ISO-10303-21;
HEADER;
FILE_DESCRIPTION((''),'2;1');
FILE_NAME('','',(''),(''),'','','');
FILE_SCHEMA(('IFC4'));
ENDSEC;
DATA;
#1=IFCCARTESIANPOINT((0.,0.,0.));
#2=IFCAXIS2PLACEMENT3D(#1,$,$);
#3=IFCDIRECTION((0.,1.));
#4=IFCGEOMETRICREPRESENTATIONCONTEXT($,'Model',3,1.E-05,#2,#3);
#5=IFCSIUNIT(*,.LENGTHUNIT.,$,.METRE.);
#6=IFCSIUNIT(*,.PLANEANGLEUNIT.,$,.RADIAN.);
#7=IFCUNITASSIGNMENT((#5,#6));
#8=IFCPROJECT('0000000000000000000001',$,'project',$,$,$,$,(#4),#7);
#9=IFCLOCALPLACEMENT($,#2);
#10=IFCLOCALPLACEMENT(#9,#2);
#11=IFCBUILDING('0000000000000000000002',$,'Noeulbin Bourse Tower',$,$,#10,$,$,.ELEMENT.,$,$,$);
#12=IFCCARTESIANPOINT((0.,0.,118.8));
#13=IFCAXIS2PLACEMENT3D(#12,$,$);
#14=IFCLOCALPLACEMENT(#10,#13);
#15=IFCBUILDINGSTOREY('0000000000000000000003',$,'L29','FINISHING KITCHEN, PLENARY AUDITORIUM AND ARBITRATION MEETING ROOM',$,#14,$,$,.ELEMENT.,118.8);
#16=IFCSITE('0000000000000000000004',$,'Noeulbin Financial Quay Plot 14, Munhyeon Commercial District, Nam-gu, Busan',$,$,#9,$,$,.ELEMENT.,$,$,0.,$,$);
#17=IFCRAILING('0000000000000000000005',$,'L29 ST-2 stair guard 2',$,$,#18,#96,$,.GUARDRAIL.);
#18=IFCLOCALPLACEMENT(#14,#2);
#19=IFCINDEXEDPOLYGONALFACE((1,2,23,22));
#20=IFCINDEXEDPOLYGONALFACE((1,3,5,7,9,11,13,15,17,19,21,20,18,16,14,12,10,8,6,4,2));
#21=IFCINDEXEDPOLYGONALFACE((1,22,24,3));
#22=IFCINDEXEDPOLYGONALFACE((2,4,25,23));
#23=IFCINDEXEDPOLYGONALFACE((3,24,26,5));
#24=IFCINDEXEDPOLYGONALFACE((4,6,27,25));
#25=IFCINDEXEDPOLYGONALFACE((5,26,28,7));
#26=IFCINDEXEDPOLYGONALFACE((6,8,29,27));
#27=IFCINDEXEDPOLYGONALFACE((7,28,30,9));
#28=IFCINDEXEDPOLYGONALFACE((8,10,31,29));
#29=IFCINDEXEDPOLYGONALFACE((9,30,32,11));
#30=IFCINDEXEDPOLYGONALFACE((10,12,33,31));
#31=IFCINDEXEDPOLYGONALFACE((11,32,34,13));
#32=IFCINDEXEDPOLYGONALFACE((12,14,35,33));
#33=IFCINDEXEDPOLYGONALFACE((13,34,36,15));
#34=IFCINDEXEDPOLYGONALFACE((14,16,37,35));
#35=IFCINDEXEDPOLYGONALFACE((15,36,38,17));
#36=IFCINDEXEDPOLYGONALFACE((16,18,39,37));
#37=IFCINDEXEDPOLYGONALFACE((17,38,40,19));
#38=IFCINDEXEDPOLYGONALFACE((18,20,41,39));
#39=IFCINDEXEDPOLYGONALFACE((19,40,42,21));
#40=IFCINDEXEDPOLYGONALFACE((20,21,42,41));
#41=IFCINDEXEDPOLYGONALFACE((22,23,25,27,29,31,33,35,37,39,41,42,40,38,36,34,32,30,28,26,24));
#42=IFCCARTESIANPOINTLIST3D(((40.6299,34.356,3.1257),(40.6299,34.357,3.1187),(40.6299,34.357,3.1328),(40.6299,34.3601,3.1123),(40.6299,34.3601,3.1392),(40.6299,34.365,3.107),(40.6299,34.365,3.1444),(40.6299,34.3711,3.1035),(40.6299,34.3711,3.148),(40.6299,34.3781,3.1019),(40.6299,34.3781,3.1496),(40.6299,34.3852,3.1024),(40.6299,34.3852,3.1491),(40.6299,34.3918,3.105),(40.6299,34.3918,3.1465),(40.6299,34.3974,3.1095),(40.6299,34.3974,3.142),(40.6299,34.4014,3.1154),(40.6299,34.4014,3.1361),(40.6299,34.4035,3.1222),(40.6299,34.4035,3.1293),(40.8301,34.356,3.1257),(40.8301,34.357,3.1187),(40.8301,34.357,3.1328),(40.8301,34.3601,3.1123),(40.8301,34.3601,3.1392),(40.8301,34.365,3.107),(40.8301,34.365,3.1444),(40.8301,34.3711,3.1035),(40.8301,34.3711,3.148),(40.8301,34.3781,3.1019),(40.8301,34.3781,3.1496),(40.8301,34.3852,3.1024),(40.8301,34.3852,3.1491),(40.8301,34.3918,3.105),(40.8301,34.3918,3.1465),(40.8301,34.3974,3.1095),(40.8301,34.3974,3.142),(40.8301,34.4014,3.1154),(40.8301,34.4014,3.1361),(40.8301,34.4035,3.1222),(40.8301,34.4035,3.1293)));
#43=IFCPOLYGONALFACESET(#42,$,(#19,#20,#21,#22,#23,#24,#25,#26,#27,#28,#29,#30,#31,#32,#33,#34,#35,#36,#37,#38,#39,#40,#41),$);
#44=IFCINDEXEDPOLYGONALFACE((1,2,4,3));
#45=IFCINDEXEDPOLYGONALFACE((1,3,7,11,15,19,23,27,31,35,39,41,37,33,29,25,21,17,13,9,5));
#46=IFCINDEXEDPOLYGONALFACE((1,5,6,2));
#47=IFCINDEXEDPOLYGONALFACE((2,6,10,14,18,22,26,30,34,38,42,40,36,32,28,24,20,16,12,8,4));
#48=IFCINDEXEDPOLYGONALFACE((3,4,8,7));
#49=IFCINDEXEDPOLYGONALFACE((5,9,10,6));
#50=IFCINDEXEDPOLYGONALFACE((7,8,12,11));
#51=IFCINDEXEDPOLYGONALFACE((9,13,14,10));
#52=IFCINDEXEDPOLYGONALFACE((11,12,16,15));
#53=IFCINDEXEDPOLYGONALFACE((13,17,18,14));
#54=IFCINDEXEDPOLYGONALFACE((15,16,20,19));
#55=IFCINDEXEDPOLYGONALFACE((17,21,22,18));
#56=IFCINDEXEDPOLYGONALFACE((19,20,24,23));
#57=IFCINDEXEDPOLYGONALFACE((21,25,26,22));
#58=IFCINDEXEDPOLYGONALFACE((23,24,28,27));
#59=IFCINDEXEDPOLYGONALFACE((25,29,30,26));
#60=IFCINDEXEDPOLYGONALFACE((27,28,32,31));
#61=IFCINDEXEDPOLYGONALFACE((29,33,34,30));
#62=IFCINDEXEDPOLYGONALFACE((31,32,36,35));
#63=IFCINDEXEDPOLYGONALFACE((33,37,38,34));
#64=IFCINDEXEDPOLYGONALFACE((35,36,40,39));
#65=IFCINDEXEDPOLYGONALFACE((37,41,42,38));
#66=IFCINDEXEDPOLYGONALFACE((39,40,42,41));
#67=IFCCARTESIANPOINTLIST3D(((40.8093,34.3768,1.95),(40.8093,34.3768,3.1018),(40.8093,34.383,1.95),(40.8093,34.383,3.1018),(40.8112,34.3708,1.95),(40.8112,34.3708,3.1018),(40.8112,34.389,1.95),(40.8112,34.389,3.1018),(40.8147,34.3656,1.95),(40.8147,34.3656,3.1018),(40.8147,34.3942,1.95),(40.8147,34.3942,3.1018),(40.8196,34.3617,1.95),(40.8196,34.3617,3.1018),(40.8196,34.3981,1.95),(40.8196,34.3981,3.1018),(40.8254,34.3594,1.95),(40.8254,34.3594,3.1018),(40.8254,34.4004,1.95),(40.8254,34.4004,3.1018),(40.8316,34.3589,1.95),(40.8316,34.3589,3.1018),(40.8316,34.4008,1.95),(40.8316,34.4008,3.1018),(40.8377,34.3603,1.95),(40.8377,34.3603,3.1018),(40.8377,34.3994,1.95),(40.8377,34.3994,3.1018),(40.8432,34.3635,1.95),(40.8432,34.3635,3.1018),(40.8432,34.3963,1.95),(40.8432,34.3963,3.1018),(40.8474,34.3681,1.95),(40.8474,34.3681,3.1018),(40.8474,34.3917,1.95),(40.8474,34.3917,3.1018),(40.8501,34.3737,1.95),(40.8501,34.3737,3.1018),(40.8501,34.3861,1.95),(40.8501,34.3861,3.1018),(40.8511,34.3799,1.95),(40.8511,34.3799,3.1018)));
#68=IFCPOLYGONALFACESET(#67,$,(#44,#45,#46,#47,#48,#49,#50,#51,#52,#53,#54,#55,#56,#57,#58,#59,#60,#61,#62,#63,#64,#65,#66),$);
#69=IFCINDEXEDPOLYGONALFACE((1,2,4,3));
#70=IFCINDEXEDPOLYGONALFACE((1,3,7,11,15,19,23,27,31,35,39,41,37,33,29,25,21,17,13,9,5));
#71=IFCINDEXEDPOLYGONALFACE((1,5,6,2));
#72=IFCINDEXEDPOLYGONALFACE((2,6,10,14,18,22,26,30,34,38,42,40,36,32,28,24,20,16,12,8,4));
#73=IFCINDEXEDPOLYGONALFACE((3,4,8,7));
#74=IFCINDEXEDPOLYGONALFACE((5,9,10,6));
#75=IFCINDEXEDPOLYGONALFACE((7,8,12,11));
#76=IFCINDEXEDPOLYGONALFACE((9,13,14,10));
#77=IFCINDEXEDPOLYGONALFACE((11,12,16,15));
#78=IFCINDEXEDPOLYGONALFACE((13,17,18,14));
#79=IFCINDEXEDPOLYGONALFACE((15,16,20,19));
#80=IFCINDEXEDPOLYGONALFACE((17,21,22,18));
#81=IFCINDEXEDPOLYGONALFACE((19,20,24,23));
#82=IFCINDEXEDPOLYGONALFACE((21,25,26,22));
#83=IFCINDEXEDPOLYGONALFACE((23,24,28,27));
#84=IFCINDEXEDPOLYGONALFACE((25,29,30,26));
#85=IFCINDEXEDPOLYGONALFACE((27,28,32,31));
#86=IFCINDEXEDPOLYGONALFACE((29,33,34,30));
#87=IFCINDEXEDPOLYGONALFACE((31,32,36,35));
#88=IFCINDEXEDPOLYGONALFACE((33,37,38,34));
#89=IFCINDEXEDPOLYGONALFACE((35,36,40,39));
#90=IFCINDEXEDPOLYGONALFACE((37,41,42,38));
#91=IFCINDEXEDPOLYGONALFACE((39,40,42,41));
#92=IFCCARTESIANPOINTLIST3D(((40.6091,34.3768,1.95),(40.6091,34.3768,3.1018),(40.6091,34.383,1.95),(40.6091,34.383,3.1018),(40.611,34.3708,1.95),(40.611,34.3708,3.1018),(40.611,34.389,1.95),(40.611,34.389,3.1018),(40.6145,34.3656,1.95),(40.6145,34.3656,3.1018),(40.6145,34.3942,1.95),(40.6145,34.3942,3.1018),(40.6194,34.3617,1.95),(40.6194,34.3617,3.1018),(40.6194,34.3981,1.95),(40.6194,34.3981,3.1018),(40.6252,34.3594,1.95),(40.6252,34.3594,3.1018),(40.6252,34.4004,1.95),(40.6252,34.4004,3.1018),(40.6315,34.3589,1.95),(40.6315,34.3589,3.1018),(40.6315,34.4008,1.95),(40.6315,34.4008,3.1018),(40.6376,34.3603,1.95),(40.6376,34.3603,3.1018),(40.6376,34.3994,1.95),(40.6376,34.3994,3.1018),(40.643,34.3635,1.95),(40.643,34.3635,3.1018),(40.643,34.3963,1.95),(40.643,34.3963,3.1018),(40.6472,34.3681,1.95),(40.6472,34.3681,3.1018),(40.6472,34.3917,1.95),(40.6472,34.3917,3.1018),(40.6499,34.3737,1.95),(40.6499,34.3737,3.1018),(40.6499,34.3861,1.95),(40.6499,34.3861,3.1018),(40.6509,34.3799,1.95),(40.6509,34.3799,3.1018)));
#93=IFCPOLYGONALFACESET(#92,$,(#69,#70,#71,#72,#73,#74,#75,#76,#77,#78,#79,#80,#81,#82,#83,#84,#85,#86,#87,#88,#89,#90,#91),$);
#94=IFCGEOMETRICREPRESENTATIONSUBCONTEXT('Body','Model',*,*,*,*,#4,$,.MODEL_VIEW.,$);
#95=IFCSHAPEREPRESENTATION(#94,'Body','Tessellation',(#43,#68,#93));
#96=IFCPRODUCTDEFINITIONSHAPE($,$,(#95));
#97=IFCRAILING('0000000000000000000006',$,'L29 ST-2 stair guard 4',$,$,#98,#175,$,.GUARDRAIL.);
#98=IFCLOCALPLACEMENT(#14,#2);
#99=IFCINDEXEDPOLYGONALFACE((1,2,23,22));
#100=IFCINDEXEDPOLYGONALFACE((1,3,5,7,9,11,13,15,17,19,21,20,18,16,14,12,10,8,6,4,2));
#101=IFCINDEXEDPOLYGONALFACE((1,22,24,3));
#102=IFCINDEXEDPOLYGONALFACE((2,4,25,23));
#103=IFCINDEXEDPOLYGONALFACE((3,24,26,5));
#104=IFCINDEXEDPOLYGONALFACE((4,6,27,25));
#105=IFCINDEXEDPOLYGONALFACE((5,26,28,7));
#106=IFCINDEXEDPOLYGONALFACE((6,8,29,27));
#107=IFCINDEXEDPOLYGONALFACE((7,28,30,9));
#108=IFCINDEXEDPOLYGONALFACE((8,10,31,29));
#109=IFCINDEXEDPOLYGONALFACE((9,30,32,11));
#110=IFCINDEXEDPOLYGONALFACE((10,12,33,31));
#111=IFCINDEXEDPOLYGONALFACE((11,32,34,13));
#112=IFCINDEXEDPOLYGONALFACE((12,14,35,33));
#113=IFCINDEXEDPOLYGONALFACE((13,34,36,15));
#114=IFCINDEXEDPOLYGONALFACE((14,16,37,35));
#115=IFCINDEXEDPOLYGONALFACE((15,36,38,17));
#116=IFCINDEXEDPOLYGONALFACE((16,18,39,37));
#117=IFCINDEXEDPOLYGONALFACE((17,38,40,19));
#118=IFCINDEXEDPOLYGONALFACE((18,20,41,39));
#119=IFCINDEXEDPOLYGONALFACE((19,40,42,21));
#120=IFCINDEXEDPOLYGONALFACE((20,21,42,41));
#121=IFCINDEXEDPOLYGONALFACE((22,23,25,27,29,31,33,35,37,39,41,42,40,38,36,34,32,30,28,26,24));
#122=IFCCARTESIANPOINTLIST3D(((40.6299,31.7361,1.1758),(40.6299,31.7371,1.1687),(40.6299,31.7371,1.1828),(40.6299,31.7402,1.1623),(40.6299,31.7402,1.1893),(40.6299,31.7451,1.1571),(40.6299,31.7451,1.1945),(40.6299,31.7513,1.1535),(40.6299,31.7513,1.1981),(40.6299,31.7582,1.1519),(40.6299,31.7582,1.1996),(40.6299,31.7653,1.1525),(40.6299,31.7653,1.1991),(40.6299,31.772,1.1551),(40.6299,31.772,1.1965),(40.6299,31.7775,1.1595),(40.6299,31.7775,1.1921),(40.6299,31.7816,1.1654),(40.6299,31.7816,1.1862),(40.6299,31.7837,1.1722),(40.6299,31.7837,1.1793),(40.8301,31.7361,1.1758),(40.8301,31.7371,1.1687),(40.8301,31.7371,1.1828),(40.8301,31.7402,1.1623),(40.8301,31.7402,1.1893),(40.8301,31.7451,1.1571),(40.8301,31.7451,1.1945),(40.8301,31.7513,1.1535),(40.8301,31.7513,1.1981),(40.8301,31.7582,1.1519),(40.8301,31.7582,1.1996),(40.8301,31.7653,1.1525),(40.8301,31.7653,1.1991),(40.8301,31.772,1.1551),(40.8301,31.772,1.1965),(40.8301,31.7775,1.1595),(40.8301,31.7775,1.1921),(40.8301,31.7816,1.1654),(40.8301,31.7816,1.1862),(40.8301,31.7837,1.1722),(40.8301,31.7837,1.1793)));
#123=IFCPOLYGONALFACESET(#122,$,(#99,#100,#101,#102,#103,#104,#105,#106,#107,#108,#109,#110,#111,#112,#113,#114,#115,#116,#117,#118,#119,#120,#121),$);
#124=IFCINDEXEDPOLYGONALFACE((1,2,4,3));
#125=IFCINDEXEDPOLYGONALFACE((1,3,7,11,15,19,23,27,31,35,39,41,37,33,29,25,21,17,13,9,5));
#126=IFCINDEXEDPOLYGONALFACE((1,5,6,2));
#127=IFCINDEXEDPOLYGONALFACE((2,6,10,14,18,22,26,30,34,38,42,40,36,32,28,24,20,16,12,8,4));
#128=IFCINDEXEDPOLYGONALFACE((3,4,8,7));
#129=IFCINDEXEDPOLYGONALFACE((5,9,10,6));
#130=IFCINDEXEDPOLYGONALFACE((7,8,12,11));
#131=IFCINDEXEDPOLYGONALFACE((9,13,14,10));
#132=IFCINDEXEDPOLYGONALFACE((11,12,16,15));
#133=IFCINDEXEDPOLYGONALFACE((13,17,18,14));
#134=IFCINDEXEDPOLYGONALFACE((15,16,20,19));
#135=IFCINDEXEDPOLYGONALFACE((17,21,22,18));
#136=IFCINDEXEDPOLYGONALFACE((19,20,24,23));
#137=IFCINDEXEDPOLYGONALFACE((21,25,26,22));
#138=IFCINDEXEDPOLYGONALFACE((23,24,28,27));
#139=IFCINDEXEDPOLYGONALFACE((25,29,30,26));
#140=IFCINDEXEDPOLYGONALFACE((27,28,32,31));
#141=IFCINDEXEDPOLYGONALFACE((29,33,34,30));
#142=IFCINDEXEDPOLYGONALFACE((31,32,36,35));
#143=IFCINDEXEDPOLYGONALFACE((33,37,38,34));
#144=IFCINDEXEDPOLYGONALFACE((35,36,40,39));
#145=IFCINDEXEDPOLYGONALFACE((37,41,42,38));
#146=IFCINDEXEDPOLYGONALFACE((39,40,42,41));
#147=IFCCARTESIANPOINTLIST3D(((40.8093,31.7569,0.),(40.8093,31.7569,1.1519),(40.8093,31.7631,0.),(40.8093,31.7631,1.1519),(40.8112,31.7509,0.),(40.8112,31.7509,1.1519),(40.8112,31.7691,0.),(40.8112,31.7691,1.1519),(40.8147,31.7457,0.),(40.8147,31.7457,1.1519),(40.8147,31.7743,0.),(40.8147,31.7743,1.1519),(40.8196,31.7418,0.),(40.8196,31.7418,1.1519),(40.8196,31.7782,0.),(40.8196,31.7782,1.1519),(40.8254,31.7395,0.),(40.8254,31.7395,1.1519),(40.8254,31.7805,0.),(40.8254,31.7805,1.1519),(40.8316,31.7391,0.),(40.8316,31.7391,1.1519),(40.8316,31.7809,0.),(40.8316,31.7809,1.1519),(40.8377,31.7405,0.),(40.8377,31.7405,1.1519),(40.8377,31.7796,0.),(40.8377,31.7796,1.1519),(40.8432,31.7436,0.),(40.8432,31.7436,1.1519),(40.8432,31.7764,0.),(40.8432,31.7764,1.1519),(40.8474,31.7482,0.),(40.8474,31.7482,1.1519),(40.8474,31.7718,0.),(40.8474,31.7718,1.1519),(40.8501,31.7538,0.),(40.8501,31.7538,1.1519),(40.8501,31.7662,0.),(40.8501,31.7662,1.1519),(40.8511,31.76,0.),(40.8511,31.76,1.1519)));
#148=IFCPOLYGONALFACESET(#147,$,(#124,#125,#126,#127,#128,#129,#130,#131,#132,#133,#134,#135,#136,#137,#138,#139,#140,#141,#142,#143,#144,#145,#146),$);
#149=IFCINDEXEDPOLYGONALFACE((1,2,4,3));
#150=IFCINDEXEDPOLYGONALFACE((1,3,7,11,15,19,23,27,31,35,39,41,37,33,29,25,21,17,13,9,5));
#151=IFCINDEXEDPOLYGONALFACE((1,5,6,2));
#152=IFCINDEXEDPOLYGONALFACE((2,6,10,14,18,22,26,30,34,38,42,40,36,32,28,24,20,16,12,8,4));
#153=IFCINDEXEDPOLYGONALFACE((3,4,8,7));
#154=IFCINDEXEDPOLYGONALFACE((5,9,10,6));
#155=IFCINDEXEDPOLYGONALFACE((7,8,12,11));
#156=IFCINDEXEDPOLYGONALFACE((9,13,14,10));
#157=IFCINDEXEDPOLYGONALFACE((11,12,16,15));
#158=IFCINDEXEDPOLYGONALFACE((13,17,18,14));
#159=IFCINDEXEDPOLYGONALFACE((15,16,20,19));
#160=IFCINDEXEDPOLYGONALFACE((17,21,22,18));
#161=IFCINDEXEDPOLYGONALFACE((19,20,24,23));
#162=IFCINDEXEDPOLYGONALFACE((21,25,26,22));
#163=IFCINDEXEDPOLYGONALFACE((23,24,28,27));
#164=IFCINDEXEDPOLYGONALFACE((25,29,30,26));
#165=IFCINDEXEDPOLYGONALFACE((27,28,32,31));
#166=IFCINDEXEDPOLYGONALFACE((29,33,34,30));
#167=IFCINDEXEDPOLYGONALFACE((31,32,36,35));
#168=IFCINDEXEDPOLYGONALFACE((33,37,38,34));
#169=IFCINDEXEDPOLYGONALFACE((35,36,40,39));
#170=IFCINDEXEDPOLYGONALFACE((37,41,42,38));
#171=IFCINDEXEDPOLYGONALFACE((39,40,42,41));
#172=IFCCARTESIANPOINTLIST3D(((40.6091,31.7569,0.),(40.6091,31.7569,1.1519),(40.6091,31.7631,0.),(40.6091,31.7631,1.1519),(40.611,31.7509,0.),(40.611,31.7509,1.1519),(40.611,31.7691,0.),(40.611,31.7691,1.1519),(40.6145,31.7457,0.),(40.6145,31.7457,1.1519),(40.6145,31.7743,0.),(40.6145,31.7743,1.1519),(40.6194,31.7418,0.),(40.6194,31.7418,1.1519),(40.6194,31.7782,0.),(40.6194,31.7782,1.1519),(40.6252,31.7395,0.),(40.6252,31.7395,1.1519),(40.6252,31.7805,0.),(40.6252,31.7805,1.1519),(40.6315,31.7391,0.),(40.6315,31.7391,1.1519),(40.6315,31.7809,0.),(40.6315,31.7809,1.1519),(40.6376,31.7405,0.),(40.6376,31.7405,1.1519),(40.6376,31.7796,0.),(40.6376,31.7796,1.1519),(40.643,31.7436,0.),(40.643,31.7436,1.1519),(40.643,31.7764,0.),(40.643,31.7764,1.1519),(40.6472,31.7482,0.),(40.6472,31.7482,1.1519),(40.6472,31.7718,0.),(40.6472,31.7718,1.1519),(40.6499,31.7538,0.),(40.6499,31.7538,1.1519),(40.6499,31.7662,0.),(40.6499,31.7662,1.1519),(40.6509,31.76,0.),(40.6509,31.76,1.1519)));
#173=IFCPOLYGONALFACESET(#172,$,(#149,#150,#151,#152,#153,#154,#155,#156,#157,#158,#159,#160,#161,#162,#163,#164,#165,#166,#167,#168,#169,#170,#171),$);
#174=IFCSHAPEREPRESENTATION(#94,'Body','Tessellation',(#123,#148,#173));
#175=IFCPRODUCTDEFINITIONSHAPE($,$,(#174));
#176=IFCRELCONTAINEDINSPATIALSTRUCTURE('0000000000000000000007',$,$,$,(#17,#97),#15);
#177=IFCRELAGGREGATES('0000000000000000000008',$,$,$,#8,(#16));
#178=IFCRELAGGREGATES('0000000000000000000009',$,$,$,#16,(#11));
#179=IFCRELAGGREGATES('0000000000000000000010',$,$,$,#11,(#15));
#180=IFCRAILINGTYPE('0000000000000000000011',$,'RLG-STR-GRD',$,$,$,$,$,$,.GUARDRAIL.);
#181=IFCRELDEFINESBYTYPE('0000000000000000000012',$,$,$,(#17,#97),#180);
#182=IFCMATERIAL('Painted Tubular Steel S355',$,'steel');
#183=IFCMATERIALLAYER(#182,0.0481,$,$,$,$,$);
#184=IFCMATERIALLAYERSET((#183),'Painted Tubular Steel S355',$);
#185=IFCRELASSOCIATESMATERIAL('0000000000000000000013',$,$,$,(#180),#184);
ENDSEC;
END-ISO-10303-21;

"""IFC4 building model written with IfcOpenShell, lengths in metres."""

from ifc_helpers import new_model, si_unit, direction, frame, origin, origin_2d, place, context, subcontext, project, spatial, circle, extrude, material, layer, layer_set, type_object, element, save


model = new_model("IFC4")

# Units and contexts
model_context = context("Model", 3, precision=1e-05, world=origin(), true_north=direction((0.0, 1.0)))
body_context = subcontext(model_context, "Body", "Model", "MODEL_VIEW")
ifc_project = project(units=[si_unit("LENGTHUNIT", "METRE"), si_unit("PLANEANGLEUNIT", "RADIAN")], contexts=[model_context])

# Site, building, storey
site_placement = place(None, origin())
site = spatial("IfcSite", under=ifc_project, at=site_placement, Name="Noeulbin Financial Quay Plot 14, Munhyeon Commercial District, Nam-gu, Busan", CompositionType="ELEMENT", RefElevation=0.0)
building_placement = place(site_placement, origin())
building = spatial("IfcBuilding", under=site, at=building_placement, Name="Noeulbin Bourse Tower", CompositionType="ELEMENT")
storey_placement = place(building_placement, frame((0.0, 0.0, 118.8)))
storey = spatial("IfcBuildingStorey", under=building, at=storey_placement, Name="L29", Description="FINISHING KITCHEN, PLENARY AUDITORIUM AND ARBITRATION MEETING ROOM", CompositionType="ELEMENT", Elevation=118.8)

# Railings
ifc_material_1 = material(Name="Painted Tubular Steel S355", Category="steel")
ifc_layer_1 = layer(ifc_material_1, 0.0481)
ifc_layer_set_1 = layer_set([ifc_layer_1], Name="Painted Tubular Steel S355")
railing_type_1 = type_object("IfcRailingType", Name="RLG-STR-GRD", PredefinedType="GUARDRAIL", material=ifc_layer_set_1)
for number, where, name in (
    (1, (40.8301, 34.3799, 1.95), "L29 ST-2 stair guard 2"),
    (2, (40.8301, 31.76, 0.0), "L29 ST-2 stair guard 4"),
):
    element("IfcRailing", number, at=place(storey_placement, frame(where)), inside=storey, type_object=railing_type_1, Name=name, PredefinedType="GUARDRAIL", context=body_context, shape_type="SweptSolid", body=[
        extrude(circle(Radius=0.0239, at=origin_2d()), frame((0.0, 0.0, 1.1758), z_axis=(-1.0, 0.0, 0.0), x_axis=(0.0, -1.0, 0.0)), (0.0, 0.0, 1.0), 0.2002),
        extrude(circle(Radius=0.021, at=origin_2d()), origin(), (0.0, 0.0, 1.0), 1.1519),
        extrude(circle(Radius=0.021, at=origin_2d()), frame((-0.2002, 0.0, 0.0)), (0.0, 0.0, 1.0), 1.1519),
    ])

save(model, "model.ifc")
